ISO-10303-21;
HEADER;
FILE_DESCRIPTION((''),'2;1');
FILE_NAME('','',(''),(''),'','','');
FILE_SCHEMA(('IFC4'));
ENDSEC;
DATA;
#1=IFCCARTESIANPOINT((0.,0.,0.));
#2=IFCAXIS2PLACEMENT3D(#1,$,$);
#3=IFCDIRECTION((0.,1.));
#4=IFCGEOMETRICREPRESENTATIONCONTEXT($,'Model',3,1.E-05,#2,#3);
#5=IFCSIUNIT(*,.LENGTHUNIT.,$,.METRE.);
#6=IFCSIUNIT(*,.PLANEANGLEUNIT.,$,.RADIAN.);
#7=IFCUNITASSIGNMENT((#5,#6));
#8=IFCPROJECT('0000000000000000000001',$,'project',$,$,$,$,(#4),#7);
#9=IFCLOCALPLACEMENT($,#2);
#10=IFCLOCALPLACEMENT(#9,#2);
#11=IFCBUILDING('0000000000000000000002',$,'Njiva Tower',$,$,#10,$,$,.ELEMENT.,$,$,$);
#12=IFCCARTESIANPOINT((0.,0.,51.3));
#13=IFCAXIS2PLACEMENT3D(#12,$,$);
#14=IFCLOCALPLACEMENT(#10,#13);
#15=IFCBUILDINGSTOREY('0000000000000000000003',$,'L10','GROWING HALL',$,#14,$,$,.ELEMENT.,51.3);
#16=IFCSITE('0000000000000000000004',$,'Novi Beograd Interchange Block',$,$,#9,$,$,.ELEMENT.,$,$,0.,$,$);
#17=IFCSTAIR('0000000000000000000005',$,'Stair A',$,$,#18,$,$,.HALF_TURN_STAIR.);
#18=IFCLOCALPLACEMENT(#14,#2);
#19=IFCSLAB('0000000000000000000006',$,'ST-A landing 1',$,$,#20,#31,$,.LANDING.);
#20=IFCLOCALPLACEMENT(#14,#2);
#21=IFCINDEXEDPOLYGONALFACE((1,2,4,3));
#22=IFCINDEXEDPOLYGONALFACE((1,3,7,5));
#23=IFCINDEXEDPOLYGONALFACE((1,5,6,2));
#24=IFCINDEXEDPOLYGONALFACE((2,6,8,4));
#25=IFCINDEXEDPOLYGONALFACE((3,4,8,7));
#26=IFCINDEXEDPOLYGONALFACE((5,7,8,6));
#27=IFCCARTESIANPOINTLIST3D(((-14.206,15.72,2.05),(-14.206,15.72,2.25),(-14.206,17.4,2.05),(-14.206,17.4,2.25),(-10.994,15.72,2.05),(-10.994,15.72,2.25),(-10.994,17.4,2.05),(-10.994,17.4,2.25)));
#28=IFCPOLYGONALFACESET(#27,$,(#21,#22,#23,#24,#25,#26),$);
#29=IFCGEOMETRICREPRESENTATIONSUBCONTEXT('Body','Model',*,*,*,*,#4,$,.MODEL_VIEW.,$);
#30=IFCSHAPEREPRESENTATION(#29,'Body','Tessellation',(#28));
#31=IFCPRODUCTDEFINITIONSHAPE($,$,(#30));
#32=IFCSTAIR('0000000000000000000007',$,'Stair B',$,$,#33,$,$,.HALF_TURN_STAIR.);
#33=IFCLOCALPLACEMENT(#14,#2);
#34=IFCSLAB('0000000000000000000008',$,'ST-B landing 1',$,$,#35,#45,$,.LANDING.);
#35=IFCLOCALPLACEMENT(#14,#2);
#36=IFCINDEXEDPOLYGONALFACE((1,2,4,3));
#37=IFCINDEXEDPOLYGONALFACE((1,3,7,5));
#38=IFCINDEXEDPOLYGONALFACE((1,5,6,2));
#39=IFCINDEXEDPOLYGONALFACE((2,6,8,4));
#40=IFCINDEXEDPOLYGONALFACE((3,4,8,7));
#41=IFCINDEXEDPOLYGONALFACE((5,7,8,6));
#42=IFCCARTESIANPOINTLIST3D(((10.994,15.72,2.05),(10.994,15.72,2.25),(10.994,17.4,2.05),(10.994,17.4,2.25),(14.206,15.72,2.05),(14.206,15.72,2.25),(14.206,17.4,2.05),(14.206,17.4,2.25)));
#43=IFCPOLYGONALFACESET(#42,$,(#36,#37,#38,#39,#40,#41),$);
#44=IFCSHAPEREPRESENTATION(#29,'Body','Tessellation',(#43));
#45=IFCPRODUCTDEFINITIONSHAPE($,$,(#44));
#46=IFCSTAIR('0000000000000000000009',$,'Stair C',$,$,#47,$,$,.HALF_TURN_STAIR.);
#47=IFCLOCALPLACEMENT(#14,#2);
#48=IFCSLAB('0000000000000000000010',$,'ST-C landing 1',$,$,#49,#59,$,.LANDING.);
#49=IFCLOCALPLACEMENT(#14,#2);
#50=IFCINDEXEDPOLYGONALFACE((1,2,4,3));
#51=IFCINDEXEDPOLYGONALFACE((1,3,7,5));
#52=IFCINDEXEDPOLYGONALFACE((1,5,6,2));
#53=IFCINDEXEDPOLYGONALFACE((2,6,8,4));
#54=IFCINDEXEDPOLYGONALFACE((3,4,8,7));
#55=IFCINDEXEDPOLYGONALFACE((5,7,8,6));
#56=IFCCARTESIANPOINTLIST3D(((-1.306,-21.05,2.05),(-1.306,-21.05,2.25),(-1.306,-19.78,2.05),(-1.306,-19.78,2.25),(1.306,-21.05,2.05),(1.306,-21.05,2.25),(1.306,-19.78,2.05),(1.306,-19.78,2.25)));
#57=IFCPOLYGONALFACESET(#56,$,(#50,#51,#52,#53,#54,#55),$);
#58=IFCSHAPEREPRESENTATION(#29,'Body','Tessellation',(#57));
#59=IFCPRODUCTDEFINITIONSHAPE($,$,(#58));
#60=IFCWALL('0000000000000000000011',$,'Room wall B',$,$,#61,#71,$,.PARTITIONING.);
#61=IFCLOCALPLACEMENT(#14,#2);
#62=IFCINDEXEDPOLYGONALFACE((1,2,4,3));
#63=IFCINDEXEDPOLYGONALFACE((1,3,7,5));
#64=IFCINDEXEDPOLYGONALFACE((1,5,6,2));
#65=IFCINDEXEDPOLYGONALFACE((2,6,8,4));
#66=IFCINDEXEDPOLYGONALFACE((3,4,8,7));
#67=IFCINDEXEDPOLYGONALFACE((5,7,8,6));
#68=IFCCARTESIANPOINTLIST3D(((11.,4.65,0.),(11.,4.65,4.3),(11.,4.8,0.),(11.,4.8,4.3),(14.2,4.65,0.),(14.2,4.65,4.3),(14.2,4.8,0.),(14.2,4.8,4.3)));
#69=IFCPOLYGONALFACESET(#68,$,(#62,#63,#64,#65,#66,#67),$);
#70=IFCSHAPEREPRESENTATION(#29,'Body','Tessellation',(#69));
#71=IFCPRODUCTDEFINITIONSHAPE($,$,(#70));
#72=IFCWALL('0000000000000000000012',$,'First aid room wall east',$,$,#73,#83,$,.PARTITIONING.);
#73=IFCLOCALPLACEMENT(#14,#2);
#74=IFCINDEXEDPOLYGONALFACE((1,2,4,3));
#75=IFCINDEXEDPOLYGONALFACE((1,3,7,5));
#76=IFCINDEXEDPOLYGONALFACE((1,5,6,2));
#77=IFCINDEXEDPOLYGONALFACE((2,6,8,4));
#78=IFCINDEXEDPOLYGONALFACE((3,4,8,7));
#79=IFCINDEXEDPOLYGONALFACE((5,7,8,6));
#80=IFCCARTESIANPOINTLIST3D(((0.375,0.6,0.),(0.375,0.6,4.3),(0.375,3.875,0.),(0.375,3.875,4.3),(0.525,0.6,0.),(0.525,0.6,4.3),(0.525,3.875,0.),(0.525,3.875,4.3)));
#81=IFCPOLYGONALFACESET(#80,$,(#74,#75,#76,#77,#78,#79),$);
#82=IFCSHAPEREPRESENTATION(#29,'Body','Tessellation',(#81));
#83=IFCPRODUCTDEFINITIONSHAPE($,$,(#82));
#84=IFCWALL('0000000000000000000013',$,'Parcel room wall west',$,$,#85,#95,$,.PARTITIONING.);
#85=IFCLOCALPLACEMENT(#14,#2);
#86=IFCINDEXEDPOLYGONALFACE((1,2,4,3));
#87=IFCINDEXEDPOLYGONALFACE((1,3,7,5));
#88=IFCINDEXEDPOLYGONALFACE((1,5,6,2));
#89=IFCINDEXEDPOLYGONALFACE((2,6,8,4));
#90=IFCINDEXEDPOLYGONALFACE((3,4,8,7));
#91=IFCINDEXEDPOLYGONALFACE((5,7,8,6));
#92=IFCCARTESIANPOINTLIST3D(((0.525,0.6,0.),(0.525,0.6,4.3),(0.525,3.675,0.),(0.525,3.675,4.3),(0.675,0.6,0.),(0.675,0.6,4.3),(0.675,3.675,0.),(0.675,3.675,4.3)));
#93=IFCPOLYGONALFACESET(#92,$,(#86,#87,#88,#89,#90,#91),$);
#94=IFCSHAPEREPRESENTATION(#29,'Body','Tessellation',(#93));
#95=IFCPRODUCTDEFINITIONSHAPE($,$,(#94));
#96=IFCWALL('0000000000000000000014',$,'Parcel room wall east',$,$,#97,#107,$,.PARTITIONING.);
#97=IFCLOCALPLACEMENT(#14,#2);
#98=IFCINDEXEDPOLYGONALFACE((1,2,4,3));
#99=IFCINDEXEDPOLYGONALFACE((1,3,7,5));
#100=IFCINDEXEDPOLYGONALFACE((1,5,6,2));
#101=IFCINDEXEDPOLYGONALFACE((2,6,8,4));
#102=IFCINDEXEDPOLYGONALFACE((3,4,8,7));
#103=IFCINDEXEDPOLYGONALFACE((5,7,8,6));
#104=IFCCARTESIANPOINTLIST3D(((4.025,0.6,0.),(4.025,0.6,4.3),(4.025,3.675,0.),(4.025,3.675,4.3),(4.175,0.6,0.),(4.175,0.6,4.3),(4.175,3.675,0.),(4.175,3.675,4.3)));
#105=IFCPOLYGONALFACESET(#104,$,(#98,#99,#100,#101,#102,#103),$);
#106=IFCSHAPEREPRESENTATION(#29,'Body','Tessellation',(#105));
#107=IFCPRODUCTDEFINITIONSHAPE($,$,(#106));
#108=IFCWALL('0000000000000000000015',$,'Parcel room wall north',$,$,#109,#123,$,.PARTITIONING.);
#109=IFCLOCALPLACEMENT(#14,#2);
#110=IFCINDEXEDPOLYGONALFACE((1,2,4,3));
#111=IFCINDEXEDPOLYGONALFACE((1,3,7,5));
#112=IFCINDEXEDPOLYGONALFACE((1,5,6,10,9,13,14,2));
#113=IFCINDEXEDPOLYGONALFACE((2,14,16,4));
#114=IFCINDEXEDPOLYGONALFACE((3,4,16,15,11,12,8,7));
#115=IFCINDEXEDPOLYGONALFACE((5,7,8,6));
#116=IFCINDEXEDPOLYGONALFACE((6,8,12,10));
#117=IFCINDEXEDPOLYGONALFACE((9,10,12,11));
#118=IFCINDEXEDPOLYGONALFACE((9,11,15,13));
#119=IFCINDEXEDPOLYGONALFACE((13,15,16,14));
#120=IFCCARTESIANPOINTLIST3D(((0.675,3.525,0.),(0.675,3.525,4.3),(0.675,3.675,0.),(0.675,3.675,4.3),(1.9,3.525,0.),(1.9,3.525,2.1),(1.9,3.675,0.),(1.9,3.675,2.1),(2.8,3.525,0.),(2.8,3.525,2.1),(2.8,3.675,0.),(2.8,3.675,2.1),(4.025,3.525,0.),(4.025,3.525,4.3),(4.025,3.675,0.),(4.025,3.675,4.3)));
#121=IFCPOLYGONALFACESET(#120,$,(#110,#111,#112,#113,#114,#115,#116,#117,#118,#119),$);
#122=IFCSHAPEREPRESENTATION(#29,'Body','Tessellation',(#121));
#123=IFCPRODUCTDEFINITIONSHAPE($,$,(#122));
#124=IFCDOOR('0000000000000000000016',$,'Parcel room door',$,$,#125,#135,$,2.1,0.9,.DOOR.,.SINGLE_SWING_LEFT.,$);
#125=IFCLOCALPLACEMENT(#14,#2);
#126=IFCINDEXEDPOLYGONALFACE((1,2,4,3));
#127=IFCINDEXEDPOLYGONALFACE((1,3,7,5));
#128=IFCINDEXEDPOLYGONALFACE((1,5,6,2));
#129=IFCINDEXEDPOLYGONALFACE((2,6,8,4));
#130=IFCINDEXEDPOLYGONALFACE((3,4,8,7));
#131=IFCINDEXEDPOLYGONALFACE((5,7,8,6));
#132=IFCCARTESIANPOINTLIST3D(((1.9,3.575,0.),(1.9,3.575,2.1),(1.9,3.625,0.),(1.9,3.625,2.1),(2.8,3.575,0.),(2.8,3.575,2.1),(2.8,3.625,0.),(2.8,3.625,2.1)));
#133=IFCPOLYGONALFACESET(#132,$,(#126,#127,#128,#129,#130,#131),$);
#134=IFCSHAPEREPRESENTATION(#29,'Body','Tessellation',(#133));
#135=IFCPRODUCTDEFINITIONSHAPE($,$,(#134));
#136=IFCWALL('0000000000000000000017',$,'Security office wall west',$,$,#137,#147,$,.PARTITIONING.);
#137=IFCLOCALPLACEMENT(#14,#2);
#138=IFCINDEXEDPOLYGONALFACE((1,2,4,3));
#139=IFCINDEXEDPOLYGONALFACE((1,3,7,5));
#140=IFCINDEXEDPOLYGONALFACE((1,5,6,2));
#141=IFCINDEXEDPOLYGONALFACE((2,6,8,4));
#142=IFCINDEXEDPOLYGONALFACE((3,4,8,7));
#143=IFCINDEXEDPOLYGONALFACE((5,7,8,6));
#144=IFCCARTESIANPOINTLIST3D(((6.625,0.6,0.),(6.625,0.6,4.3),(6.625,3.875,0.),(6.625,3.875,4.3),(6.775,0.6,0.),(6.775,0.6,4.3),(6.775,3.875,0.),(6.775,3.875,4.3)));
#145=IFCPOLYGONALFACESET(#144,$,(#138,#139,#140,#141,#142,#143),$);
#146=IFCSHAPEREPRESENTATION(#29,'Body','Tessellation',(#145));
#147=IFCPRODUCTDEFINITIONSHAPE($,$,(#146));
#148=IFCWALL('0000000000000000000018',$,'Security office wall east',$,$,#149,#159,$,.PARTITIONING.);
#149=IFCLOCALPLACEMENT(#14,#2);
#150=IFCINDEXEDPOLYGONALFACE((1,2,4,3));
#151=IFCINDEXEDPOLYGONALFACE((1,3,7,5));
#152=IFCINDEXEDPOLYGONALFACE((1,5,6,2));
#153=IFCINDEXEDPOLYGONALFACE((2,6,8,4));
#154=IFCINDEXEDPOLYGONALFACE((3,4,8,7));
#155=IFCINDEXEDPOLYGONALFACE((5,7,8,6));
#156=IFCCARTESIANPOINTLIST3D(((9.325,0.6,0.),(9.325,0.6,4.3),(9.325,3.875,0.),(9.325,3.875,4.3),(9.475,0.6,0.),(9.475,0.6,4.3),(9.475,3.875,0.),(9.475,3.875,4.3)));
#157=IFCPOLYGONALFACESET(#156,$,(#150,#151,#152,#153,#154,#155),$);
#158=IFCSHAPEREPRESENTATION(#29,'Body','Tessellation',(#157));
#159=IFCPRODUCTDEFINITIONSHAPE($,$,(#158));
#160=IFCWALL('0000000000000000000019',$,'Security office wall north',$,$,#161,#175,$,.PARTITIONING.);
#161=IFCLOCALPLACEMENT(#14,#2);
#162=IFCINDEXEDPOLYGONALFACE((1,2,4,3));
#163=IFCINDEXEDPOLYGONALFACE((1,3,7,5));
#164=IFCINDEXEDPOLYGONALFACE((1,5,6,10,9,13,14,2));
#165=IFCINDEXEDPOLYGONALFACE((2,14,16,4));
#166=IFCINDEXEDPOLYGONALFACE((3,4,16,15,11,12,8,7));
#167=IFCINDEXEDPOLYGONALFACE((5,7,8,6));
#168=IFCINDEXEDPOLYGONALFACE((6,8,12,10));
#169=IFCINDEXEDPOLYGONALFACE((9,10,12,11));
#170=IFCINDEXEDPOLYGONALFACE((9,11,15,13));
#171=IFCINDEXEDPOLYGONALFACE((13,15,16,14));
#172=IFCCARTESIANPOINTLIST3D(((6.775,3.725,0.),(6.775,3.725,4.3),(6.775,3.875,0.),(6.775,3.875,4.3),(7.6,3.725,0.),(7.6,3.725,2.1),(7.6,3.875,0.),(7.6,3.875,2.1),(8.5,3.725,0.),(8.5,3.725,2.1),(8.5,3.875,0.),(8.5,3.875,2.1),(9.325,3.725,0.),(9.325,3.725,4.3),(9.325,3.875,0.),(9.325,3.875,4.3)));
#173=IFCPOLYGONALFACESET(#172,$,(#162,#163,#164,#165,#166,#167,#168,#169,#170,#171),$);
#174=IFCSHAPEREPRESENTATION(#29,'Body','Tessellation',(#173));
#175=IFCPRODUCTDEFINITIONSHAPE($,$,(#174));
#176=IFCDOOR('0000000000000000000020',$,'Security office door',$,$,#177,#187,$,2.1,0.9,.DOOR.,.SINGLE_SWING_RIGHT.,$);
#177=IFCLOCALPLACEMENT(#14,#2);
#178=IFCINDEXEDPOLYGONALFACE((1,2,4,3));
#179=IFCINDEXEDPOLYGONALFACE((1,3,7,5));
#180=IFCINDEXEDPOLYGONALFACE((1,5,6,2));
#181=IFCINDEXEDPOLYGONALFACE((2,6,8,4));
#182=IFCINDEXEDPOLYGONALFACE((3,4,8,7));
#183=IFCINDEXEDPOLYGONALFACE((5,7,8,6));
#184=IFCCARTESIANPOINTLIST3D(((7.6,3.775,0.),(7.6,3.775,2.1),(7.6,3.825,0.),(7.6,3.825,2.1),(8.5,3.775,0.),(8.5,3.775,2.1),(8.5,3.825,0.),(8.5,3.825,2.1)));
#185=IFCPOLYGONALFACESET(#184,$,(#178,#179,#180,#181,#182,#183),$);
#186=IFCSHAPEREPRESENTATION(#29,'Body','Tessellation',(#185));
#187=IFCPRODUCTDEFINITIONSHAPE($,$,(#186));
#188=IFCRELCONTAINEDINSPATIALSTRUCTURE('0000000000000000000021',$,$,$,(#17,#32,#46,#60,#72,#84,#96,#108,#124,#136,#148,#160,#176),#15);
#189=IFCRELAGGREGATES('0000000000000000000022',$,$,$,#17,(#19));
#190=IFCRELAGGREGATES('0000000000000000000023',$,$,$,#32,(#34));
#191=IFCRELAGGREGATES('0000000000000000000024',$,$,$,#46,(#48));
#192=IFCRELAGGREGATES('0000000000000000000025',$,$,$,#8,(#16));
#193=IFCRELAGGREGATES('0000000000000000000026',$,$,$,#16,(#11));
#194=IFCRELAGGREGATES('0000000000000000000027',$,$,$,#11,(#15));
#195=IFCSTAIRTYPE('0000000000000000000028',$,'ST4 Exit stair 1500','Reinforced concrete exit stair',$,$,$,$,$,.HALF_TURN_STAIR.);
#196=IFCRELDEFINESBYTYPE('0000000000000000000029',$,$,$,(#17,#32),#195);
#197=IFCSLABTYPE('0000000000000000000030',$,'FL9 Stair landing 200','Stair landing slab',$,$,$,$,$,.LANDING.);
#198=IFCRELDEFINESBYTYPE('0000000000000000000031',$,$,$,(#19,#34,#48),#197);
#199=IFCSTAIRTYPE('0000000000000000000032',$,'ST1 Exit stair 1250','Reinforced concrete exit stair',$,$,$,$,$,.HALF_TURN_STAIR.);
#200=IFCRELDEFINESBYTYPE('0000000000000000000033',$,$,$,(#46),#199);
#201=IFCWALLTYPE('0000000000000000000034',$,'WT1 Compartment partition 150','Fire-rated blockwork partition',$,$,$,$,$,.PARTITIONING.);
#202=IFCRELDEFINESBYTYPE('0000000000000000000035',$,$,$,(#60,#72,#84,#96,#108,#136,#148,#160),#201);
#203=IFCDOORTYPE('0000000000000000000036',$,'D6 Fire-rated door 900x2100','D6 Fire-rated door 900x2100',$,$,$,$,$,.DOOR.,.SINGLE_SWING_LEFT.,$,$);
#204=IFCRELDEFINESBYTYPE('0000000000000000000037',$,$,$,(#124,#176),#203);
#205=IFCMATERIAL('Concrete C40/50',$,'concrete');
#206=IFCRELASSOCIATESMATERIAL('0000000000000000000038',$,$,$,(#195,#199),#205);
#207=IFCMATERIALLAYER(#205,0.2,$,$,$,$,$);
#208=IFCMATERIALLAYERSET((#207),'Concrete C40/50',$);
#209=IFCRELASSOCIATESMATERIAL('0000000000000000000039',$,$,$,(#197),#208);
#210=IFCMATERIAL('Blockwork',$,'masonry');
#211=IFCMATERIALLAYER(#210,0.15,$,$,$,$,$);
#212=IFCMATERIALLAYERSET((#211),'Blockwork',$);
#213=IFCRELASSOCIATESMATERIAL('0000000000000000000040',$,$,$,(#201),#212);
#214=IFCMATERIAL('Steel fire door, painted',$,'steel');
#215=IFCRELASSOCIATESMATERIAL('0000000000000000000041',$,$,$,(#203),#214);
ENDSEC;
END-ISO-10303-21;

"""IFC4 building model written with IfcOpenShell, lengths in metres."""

from ifc_helpers import new_model, si_unit, direction, frame, frame_2d, origin, place, context, subcontext, project, spatial, polyline, rectangle, outline, extrude, material, layer, layer_set, type_object, element, fill, aggregate, save


model = new_model("IFC4")

# Units and contexts
model_context = context("Model", 3, precision=1e-05, world=origin(), true_north=direction((0.0, 1.0)))
body_context = subcontext(model_context, "Body", "Model", "MODEL_VIEW")
ifc_project = project(units=[si_unit("LENGTHUNIT", "METRE"), si_unit("PLANEANGLEUNIT", "RADIAN")], contexts=[model_context])

# Site, building, storey
site_placement = place(None, origin())
site = spatial("IfcSite", under=ifc_project, at=site_placement, Name="Novi Beograd Interchange Block", CompositionType="ELEMENT", RefElevation=0.0)
building_placement = place(site_placement, origin())
building = spatial("IfcBuilding", under=site, at=building_placement, Name="Njiva Tower", CompositionType="ELEMENT")
storey_placement = place(building_placement, frame((0.0, 0.0, 51.3)))
storey = spatial("IfcBuildingStorey", under=building, at=storey_placement, Name="L10", Description="GROWING HALL", CompositionType="ELEMENT", Elevation=51.3)

# Stairs, slabs
ifc_material_1 = material(Name="Concrete C40/50", Category="concrete")
stair_type_1 = type_object("IfcStairType", Name="ST4 Exit stair 1500", Description="Reinforced concrete exit stair", PredefinedType="HALF_TURN_STAIR", material=ifc_material_1)
stair_1_placement = place(storey_placement, origin())
stair_1 = element("IfcStair", 1, at=stair_1_placement, inside=storey, type_object=stair_type_1, Name="Stair A", PredefinedType="HALF_TURN_STAIR")
ifc_layer_1 = layer(ifc_material_1, 0.2)
ifc_layer_set_1 = layer_set([ifc_layer_1], Name="Concrete C40/50")
slab_type = type_object("IfcSlabType", Name="FL9 Stair landing 200", Description="Stair landing slab", PredefinedType="LANDING", material=ifc_layer_set_1)
slab_1_placement = place(storey_placement, frame((0.0, 0.0, 2.05)))
slab_1 = element("IfcSlab", 2, at=slab_1_placement, type_object=slab_type, Name="ST-A landing 1", PredefinedType="LANDING", context=body_context, shape_type="SweptSolid", body=[
    extrude(outline(polyline([(-14.206, 15.72), (-10.994, 15.72), (-10.994, 17.4), (-14.206, 17.4), (-14.206, 15.72)])), origin(), (0.0, 0.0, 1.0), 0.2),
])
aggregate(stair_1, [slab_1])
stair_2_placement = place(storey_placement, origin())
stair_2 = element("IfcStair", 3, at=stair_2_placement, inside=storey, type_object=stair_type_1, Name="Stair B", PredefinedType="HALF_TURN_STAIR")
slab_2_placement = place(storey_placement, frame((0.0, 0.0, 2.05)))
slab_2 = element("IfcSlab", 4, at=slab_2_placement, type_object=slab_type, Name="ST-B landing 1", PredefinedType="LANDING", context=body_context, shape_type="SweptSolid", body=[
    extrude(outline(polyline([(10.994, 15.72), (14.206, 15.72), (14.206, 17.4), (10.994, 17.4), (10.994, 15.72)])), origin(), (0.0, 0.0, 1.0), 0.2),
])
aggregate(stair_2, [slab_2])
stair_type_2 = type_object("IfcStairType", Name="ST1 Exit stair 1250", Description="Reinforced concrete exit stair", PredefinedType="HALF_TURN_STAIR", material=ifc_material_1)
stair_3_placement = place(storey_placement, origin())
stair_3 = element("IfcStair", 5, at=stair_3_placement, inside=storey, type_object=stair_type_2, Name="Stair C", PredefinedType="HALF_TURN_STAIR")
slab_3_placement = place(storey_placement, frame((0.0, 0.0, 2.05)))
slab_3 = element("IfcSlab", 6, at=slab_3_placement, type_object=slab_type, Name="ST-C landing 1", PredefinedType="LANDING", context=body_context, shape_type="SweptSolid", body=[
    extrude(outline(polyline([(-1.306, -21.05), (1.306, -21.05), (1.306, -19.78), (-1.306, -19.78), (-1.306, -21.05)])), origin(), (0.0, 0.0, 1.0), 0.2),
])
aggregate(stair_3, [slab_3])

# Walls
ifc_material_2 = material(Name="Blockwork", Category="masonry")
ifc_layer_2 = layer(ifc_material_2, 0.15)
ifc_layer_set_2 = layer_set([ifc_layer_2], Name="Blockwork")
wall_type_1 = type_object("IfcWallType", Name="WT1 Compartment partition 150", Description="Fire-rated blockwork partition", PredefinedType="PARTITIONING", material=ifc_layer_set_2)
wall_1_placement = place(storey_placement, frame((11.0, 4.725, 0.0), z_axis=(0.0, 0.0, 1.0), x_axis=(1.0, 0.0, 0.0)))
element("IfcWall", 7, at=wall_1_placement, inside=storey, type_object=wall_type_1, Name="Room wall B", PredefinedType="PARTITIONING", context=body_context, shape_type="SweptSolid", body=[
    extrude(rectangle(XDim=3.2, YDim=0.15, at=frame_2d((1.6, 0.0))), origin(), (0.0, 0.0, 1.0), 4.3),
])
wall_2_placement = place(storey_placement, frame((0.45, 0.6, 0.0), z_axis=(0.0, 0.0, 1.0), x_axis=(0.0, 1.0, 0.0)))
element("IfcWall", 8, at=wall_2_placement, inside=storey, type_object=wall_type_1, Name="First aid room wall east", PredefinedType="PARTITIONING", context=body_context, shape_type="SweptSolid", body=[
    extrude(rectangle(XDim=3.275, YDim=0.15, at=frame_2d((1.6375, 0.0))), origin(), (0.0, 0.0, 1.0), 4.3),
])
for number, where, z_axis, x_axis, name in (
    (9, (0.6, 0.6, 0.0), (0.0, 0.0, 1.0), (0.0, 1.0, 0.0), "Parcel room wall west"),
    (10, (4.1, 0.6, 0.0), (0.0, 0.0, 1.0), (0.0, 1.0, 0.0), "Parcel room wall east"),
):
    element("IfcWall", number, at=place(storey_placement, frame(where, z_axis=z_axis, x_axis=x_axis)), inside=storey, type_object=wall_type_1, Name=name, PredefinedType="PARTITIONING", context=body_context, shape_type="SweptSolid", body=[
        extrude(rectangle(XDim=3.075, YDim=0.15, at=frame_2d((1.5375, 0.0))), origin(), (0.0, 0.0, 1.0), 4.3),
    ])

# Wall, opening, door
wall_3_placement = place(storey_placement, frame((0.675, 3.6, 0.0), z_axis=(0.0, 0.0, 1.0), x_axis=(1.0, 0.0, 0.0)))
wall_3 = element("IfcWall", 11, at=wall_3_placement, inside=storey, type_object=wall_type_1, Name="Parcel room wall north", PredefinedType="PARTITIONING", context=body_context, shape_type="SweptSolid", body=[
    extrude(rectangle(XDim=3.35, YDim=0.15, at=frame_2d((1.675, 0.0))), origin(), (0.0, 0.0, 1.0), 4.3),
])
opening_1_placement = place(wall_3_placement, frame((1.225, 0.0, 0.0)))
opening_1 = element("IfcOpeningElement", 12, at=opening_1_placement, cuts=wall_3, PredefinedType="OPENING", context=body_context, shape_type="SweptSolid", body=[
    extrude(rectangle(XDim=0.9, YDim=2.1, at=frame_2d((0.45, 1.05))), frame((0.0, 0.085, 0.0), z_axis=(0.0, -1.0, 0.0), x_axis=(1.0, 0.0, 0.0)), (0.0, 0.0, 1.0), 0.17),
])
ifc_material_3 = material(Name="Steel fire door, painted", Category="steel")
door_type_1 = type_object("IfcDoorType", Name="D6 Fire-rated door 900x2100", Description="D6 Fire-rated door 900x2100", OperationType="SINGLE_SWING_LEFT", PredefinedType="DOOR", material=ifc_material_3)
door_1_placement = place(opening_1_placement, origin())
door_1 = element("IfcDoor", 13, at=door_1_placement, inside=storey, type_object=door_type_1, Name="Parcel room door", OperationType="SINGLE_SWING_LEFT", OverallHeight=2.1, OverallWidth=0.9, PredefinedType="DOOR", context=body_context, shape_type="SweptSolid", body=[
    extrude(rectangle(XDim=0.9, YDim=2.1, at=frame_2d((0.45, 1.05))), frame((0.0, 0.025, 0.0), z_axis=(0.0, -1.0, 0.0), x_axis=(1.0, 0.0, 0.0)), (0.0, 0.0, 1.0), 0.05),
])
fill(opening_1, door_1)

# Walls
for number, where, z_axis, x_axis, name in (
    (14, (6.7, 0.6, 0.0), (0.0, 0.0, 1.0), (0.0, 1.0, 0.0), "Security office wall west"),
    (15, (9.4, 0.6, 0.0), (0.0, 0.0, 1.0), (0.0, 1.0, 0.0), "Security office wall east"),
):
    element("IfcWall", number, at=place(storey_placement, frame(where, z_axis=z_axis, x_axis=x_axis)), inside=storey, type_object=wall_type_1, Name=name, PredefinedType="PARTITIONING", context=body_context, shape_type="SweptSolid", body=[
        extrude(rectangle(XDim=3.275, YDim=0.15, at=frame_2d((1.6375, 0.0))), origin(), (0.0, 0.0, 1.0), 4.3),
    ])

# Wall, opening, door
wall_4_placement = place(storey_placement, frame((6.775, 3.8, 0.0), z_axis=(0.0, 0.0, 1.0), x_axis=(1.0, 0.0, 0.0)))
wall_4 = element("IfcWall", 16, at=wall_4_placement, inside=storey, type_object=wall_type_1, Name="Security office wall north", PredefinedType="PARTITIONING", context=body_context, shape_type="SweptSolid", body=[
    extrude(rectangle(XDim=2.55, YDim=0.15, at=frame_2d((1.275, 0.0))), origin(), (0.0, 0.0, 1.0), 4.3),
])
opening_2_placement = place(wall_4_placement, frame((0.825, 0.0, 0.0)))
opening_2 = element("IfcOpeningElement", 17, at=opening_2_placement, cuts=wall_4, PredefinedType="OPENING", context=body_context, shape_type="SweptSolid", body=[
    extrude(rectangle(XDim=0.9, YDim=2.1, at=frame_2d((0.45, 1.05))), frame((0.0, 0.085, 0.0), z_axis=(0.0, -1.0, 0.0), x_axis=(1.0, 0.0, 0.0)), (0.0, 0.0, 1.0), 0.17),
])
door_2_placement = place(opening_2_placement, origin())
door_2 = element("IfcDoor", 18, at=door_2_placement, inside=storey, type_object=door_type_1, Name="Security office door", OperationType="SINGLE_SWING_RIGHT", OverallHeight=2.1, OverallWidth=0.9, PredefinedType="DOOR", context=body_context, shape_type="SweptSolid", body=[
    extrude(rectangle(XDim=0.9, YDim=2.1, at=frame_2d((0.45, 1.05))), frame((0.0, 0.025, 0.0), z_axis=(0.0, -1.0, 0.0), x_axis=(1.0, 0.0, 0.0)), (0.0, 0.0, 1.0), 0.05),
])
fill(opening_2, door_2)

save(model, "model.ifc")
